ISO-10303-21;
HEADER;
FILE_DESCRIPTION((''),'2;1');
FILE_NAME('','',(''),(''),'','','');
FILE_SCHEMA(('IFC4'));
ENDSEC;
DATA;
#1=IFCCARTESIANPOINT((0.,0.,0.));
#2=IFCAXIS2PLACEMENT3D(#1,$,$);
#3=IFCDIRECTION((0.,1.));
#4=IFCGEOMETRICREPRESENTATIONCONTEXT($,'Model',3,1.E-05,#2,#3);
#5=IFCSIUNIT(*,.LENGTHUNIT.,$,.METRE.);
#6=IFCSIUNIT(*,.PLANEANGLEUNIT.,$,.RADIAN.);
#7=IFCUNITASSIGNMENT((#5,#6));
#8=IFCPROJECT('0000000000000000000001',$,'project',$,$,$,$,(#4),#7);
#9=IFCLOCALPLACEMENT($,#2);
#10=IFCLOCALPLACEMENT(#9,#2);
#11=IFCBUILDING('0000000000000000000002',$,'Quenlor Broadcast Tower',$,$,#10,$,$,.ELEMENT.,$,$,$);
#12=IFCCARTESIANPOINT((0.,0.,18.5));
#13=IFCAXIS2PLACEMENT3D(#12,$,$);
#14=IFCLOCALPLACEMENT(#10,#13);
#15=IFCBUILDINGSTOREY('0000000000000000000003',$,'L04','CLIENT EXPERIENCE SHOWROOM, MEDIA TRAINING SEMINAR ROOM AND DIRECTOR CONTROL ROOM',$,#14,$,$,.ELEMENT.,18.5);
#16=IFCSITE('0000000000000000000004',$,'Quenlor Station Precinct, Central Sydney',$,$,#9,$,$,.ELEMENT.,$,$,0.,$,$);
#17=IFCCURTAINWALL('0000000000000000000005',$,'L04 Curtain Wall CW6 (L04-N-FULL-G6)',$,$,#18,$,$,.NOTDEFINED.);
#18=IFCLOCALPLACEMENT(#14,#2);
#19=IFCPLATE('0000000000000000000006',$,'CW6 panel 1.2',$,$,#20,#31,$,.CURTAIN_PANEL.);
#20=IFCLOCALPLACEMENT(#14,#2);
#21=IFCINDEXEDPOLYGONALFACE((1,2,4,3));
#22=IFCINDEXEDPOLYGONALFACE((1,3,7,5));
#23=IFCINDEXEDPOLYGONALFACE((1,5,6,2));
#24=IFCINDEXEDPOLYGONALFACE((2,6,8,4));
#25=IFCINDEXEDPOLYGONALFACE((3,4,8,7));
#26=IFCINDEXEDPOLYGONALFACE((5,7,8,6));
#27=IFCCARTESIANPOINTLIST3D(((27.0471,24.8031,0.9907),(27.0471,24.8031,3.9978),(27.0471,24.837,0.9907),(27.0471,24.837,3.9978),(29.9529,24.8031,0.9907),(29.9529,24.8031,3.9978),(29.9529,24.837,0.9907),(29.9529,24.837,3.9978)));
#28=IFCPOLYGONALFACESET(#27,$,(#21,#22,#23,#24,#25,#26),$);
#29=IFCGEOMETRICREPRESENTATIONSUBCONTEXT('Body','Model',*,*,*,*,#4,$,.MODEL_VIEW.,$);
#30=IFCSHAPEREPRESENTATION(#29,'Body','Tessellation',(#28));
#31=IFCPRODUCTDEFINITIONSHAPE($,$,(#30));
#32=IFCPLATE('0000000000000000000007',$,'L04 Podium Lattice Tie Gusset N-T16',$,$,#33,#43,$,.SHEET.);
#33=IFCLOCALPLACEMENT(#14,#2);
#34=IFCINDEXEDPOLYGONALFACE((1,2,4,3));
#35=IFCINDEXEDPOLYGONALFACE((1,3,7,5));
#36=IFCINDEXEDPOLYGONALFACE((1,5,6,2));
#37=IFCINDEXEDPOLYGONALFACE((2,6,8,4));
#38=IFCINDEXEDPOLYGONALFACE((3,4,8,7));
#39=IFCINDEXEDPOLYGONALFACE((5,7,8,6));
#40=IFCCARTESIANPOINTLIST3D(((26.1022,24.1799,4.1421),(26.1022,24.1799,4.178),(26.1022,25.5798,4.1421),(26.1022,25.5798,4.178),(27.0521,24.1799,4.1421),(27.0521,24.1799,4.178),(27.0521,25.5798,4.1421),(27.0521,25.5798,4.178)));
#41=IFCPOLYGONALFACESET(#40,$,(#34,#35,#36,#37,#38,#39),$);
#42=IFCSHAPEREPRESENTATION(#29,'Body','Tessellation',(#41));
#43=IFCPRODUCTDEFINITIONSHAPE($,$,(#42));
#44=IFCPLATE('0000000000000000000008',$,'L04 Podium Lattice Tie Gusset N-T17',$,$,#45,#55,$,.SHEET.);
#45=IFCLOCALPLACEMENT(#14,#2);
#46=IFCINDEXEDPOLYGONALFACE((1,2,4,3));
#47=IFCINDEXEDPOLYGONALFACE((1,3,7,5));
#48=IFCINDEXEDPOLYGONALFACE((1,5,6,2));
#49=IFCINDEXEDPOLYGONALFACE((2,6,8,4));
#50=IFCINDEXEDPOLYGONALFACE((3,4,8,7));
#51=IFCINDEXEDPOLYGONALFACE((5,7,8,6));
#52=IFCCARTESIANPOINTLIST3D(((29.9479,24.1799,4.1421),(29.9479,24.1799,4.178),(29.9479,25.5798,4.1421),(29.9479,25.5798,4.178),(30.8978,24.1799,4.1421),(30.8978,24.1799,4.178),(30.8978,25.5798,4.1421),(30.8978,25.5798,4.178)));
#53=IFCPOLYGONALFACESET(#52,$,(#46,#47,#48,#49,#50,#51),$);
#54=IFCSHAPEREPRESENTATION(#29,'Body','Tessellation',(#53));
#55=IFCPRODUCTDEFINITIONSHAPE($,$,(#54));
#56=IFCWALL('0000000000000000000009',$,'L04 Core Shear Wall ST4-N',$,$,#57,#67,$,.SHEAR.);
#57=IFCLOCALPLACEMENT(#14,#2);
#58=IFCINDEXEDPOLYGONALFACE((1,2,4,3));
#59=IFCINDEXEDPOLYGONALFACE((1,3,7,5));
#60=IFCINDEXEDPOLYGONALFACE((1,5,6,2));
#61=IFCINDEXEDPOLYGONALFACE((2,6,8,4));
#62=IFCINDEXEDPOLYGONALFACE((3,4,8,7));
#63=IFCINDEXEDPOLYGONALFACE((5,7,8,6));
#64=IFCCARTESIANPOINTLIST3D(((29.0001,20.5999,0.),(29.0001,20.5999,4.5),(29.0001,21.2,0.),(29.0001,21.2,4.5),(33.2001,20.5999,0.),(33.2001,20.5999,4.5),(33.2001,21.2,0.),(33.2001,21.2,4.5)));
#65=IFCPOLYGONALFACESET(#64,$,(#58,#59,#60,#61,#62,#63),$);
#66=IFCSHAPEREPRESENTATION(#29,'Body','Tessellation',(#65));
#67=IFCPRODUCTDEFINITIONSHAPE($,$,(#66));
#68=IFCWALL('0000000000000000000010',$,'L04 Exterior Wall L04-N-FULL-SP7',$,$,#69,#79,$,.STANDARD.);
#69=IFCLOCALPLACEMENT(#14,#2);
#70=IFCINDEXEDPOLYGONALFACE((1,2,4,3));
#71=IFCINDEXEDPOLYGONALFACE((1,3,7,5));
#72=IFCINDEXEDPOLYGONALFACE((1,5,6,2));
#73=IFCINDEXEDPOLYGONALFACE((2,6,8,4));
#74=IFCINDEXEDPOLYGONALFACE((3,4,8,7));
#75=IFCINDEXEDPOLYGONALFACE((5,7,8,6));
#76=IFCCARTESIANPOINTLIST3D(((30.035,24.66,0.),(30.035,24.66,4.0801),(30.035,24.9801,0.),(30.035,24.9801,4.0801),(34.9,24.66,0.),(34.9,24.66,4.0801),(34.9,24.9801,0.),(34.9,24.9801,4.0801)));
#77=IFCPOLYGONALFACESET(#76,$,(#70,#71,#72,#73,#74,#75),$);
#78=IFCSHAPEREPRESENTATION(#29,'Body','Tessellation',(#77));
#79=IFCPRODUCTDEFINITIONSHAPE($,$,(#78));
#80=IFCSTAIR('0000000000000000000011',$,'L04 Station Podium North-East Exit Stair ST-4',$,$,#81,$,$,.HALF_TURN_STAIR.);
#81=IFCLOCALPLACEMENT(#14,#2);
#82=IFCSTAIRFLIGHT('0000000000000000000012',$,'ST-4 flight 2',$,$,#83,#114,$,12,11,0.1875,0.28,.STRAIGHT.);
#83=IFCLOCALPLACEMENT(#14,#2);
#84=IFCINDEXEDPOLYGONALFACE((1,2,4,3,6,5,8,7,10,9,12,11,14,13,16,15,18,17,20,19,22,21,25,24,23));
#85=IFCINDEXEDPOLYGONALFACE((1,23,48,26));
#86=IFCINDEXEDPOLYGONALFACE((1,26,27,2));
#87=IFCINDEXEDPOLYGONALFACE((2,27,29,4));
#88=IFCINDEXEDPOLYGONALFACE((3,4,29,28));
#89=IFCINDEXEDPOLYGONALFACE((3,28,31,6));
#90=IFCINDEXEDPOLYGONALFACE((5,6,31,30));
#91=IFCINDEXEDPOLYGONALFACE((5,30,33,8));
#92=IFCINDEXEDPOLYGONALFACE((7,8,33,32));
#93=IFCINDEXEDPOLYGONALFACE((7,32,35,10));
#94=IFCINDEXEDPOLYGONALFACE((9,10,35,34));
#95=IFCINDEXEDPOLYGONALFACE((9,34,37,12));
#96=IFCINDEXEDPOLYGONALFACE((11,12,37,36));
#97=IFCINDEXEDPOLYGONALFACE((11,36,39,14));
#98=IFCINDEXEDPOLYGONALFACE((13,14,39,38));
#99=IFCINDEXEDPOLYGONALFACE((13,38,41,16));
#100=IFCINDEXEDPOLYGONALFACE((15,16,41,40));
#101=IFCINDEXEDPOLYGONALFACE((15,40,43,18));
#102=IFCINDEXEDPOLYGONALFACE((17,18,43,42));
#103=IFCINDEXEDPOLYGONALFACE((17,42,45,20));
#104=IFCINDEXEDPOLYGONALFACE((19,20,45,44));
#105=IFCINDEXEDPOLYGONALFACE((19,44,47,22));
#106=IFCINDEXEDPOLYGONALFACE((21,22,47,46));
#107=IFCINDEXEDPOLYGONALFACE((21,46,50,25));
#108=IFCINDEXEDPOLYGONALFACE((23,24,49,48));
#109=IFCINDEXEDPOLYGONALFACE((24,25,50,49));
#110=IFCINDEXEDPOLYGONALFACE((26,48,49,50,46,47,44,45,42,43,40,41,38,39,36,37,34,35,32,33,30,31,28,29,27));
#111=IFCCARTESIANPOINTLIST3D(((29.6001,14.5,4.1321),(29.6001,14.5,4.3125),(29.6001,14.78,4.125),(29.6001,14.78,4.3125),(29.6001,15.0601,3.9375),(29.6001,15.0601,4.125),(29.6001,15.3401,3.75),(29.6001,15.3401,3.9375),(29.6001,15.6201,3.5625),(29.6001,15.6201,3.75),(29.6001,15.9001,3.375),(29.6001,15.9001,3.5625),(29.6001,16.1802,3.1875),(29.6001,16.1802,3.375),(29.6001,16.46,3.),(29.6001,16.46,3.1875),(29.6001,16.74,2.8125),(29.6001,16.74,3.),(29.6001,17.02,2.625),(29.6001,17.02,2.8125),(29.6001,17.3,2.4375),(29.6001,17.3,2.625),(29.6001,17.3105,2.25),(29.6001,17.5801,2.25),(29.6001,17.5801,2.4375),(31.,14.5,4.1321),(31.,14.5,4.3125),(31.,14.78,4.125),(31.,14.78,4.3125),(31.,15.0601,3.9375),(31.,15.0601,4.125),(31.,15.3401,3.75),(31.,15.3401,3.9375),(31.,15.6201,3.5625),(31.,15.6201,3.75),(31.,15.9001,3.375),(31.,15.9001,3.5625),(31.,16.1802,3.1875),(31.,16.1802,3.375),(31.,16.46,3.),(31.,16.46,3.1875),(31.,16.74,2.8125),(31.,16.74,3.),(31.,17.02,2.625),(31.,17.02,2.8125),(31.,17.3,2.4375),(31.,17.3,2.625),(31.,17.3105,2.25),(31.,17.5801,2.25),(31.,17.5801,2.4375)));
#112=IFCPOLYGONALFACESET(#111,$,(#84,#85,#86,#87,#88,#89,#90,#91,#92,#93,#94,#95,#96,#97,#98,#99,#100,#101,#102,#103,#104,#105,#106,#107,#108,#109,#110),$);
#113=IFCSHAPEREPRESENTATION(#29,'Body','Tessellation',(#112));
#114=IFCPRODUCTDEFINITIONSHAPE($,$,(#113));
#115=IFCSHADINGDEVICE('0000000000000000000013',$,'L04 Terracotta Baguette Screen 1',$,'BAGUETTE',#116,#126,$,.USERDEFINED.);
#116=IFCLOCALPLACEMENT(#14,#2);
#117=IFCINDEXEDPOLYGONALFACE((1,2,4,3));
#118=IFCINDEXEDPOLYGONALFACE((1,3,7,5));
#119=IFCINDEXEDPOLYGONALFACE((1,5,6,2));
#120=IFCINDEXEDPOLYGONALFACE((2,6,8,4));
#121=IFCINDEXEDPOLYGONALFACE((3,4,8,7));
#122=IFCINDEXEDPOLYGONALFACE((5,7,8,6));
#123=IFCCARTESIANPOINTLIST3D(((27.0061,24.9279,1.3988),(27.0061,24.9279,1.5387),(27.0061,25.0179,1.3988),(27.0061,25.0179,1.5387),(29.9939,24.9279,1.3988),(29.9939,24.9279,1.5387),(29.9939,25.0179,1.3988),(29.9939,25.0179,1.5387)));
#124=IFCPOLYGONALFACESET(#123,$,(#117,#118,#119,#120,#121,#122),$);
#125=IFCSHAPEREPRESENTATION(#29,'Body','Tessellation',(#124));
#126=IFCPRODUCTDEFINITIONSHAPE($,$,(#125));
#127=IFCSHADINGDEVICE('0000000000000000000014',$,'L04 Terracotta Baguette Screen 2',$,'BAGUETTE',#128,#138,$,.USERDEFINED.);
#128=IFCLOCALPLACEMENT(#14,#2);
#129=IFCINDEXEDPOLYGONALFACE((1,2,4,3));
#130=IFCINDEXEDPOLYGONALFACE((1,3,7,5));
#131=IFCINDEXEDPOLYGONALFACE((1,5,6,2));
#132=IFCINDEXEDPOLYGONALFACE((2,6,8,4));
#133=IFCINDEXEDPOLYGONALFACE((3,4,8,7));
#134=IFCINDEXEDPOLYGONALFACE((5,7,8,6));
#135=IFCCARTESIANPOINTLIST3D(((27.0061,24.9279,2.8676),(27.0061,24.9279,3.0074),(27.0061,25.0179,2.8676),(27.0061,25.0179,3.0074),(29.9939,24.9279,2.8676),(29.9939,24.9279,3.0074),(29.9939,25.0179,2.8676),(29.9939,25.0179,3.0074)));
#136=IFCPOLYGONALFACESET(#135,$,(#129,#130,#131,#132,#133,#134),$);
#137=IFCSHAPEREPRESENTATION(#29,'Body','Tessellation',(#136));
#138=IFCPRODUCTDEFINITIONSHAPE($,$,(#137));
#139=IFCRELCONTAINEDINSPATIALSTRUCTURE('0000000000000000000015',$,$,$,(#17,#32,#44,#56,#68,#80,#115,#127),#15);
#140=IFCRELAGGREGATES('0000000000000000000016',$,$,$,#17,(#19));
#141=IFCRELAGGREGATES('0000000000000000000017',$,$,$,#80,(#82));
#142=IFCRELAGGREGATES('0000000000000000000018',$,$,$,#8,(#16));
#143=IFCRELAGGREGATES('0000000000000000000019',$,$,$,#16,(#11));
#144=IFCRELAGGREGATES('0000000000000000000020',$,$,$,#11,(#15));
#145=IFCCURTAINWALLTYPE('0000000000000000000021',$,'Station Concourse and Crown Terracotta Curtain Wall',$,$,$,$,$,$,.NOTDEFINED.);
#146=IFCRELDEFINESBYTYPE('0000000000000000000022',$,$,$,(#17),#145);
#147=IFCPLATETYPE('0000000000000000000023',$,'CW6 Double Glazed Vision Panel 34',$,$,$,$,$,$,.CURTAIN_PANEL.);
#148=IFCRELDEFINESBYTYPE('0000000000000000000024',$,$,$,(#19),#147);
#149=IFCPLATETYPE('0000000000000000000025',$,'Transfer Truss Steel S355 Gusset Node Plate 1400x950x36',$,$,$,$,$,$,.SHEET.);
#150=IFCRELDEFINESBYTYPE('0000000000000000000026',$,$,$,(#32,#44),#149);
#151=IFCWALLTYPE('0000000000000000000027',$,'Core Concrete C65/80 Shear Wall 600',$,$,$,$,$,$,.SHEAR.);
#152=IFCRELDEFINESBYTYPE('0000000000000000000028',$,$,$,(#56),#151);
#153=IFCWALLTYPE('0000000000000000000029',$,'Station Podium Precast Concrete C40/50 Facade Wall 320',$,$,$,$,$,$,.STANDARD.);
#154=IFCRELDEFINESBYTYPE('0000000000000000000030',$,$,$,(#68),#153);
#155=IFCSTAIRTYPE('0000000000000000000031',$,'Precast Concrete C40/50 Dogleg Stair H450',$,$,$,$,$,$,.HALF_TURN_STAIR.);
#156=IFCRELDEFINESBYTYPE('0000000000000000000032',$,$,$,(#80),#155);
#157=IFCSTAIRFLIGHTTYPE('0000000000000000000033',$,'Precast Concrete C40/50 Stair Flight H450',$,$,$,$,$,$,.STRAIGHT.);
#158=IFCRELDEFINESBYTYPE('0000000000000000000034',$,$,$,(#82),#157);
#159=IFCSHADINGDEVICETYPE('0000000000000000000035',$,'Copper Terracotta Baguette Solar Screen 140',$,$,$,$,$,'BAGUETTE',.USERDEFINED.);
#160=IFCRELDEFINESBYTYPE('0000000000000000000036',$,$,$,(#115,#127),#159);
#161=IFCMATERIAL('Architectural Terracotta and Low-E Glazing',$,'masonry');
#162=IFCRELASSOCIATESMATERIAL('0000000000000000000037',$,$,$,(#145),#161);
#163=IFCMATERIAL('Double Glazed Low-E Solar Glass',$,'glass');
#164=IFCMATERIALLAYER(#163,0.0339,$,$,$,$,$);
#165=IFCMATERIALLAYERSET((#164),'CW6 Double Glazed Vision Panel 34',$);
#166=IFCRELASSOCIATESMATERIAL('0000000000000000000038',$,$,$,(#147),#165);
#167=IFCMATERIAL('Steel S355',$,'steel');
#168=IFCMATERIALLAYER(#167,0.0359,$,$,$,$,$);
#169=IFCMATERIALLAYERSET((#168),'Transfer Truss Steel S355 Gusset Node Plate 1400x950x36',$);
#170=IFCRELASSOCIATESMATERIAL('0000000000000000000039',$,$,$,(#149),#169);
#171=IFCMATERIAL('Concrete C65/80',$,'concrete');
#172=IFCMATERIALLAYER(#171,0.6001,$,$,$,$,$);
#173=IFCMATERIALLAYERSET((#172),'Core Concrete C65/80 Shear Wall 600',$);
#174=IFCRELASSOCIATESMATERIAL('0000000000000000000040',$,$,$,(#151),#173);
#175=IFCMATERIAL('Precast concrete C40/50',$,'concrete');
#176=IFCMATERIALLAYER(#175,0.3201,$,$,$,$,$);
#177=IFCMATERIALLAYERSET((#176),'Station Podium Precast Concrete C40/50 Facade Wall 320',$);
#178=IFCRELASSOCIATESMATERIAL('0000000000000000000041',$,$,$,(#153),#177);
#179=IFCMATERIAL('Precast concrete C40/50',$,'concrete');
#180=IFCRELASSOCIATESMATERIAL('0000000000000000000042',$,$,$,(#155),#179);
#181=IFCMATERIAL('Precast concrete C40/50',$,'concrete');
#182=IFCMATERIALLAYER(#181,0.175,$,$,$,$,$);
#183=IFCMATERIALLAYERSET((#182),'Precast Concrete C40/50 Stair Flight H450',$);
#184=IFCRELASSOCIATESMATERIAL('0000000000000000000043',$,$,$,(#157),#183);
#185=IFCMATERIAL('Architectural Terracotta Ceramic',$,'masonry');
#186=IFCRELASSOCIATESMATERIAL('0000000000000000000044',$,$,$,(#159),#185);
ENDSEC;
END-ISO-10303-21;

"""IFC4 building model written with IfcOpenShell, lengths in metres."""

from ifc_helpers import new_model, si_unit, direction, frame, frame_2d, origin, origin_2d, place, context, subcontext, project, spatial, polyline, rectangle, outline, extrude, material, layer, layer_set, material_profile, profile_set, type_object, element, aggregate, save


model = new_model("IFC4")

# Units and contexts
model_context = context("Model", 3, precision=1e-05, world=origin(), true_north=direction((0.0, 1.0)))
body_context = subcontext(model_context, "Body", "Model", "MODEL_VIEW")
ifc_project = project(units=[si_unit("LENGTHUNIT", "METRE"), si_unit("PLANEANGLEUNIT", "RADIAN")], contexts=[model_context])

# Site, building, storey
site_placement = place(None, origin())
site = spatial("IfcSite", under=ifc_project, at=site_placement, Name="Quenlor Station Precinct, Central Sydney", CompositionType="ELEMENT", RefElevation=0.0)
building_placement = place(site_placement, origin())
building = spatial("IfcBuilding", under=site, at=building_placement, Name="Quenlor Broadcast Tower", CompositionType="ELEMENT")
storey_placement = place(building_placement, frame((0.0, 0.0, 18.5)))
storey = spatial("IfcBuildingStorey", under=building, at=storey_placement, Name="L04", Description="CLIENT EXPERIENCE SHOWROOM, MEDIA TRAINING SEMINAR ROOM AND DIRECTOR CONTROL ROOM", CompositionType="ELEMENT", Elevation=18.5)

# Curtain wall
ifc_material_1 = material(Name="Architectural Terracotta and Low-E Glazing", Category="masonry")
curtain_wall_type = type_object("IfcCurtainWallType", Name="Station Concourse and Crown Terracotta Curtain Wall", PredefinedType="NOTDEFINED", material=ifc_material_1)
curtain_wall_placement = place(storey_placement, origin())
curtain_wall = element("IfcCurtainWall", 1, at=curtain_wall_placement, inside=storey, type_object=curtain_wall_type, Name="L04 Curtain Wall CW6 (L04-N-FULL-G6)", PredefinedType="NOTDEFINED")

# Plate
ifc_material_2 = material(Name="Double Glazed Low-E Solar Glass", Category="glass")
ifc_layer_1 = layer(ifc_material_2, 0.0339)
ifc_layer_set_1 = layer_set([ifc_layer_1], Name="CW6 Double Glazed Vision Panel 34")
plate_type_1 = type_object("IfcPlateType", Name="CW6 Double Glazed Vision Panel 34", PredefinedType="CURTAIN_PANEL", material=ifc_layer_set_1)
plate_1_placement = place(storey_placement, frame((28.5, 24.8201, 0.9907), z_axis=(0.0, 0.0, 1.0), x_axis=(1.0, 0.0, 0.0)))
plate_1 = element("IfcPlate", 2, at=plate_1_placement, type_object=plate_type_1, Name="CW6 panel 1.2", PredefinedType="CURTAIN_PANEL", context=body_context, shape_type="SweptSolid", body=[
    extrude(rectangle(XDim=2.9058, YDim=0.0339, at=origin_2d()), origin(), (0.0, 0.0, 1.0), 3.0071),
])
aggregate(curtain_wall, [plate_1])

# Plates
ifc_material_3 = material(Name="Steel S355", Category="steel")
ifc_layer_2 = layer(ifc_material_3, 0.0359)
ifc_layer_set_2 = layer_set([ifc_layer_2], Name="Transfer Truss Steel S355 Gusset Node Plate 1400x950x36")
plate_type_2 = type_object("IfcPlateType", Name="Transfer Truss Steel S355 Gusset Node Plate 1400x950x36", PredefinedType="SHEET", material=ifc_layer_set_2)
for number, where, z_axis, x_axis, name in (
    (3, (26.5771, 24.8799, 4.1421), (0.0, 0.0, 1.0), (0.0, 1.0, 0.0), "L04 Podium Lattice Tie Gusset N-T16"),
    (4, (30.4229, 24.8799, 4.1421), (0.0, 0.0, 1.0), (0.0, 1.0, 0.0), "L04 Podium Lattice Tie Gusset N-T17"),
):
    element("IfcPlate", number, at=place(storey_placement, frame(where, z_axis=z_axis, x_axis=x_axis)), inside=storey, type_object=plate_type_2, Name=name, PredefinedType="SHEET", context=body_context, shape_type="SweptSolid", body=[
        extrude(rectangle(XDim=1.3999, YDim=0.95, at=origin_2d()), origin(), (0.0, 0.0, 1.0), 0.0359),
    ])

# Walls
ifc_material_4 = material(Name="Concrete C65/80", Category="concrete")
ifc_layer_3 = layer(ifc_material_4, 0.6001)
ifc_layer_set_3 = layer_set([ifc_layer_3], Name="Core Concrete C65/80 Shear Wall 600")
wall_type_1 = type_object("IfcWallType", Name="Core Concrete C65/80 Shear Wall 600", PredefinedType="SHEAR", material=ifc_layer_set_3)
wall_1_placement = place(storey_placement, frame((29.0, 20.8999, 0.0), z_axis=(0.0, 0.0, 1.0), x_axis=(1.0, 0.0, 0.0)))
element("IfcWall", 5, at=wall_1_placement, inside=storey, type_object=wall_type_1, Name="L04 Core Shear Wall ST4-N", PredefinedType="SHEAR", context=body_context, shape_type="SweptSolid", body=[
    extrude(rectangle(XDim=4.2, YDim=0.6001, at=frame_2d((2.1001, 0.0))), origin(), (0.0, 0.0, 1.0), 4.5),
])
ifc_material_5 = material(Name="Precast concrete C40/50", Category="concrete")
ifc_layer_4 = layer(ifc_material_5, 0.3201)
ifc_layer_set_4 = layer_set([ifc_layer_4], Name="Station Podium Precast Concrete C40/50 Facade Wall 320")
wall_type_2 = type_object("IfcWallType", Name="Station Podium Precast Concrete C40/50 Facade Wall 320", PredefinedType="STANDARD", material=ifc_layer_set_4)
wall_2_placement = place(storey_placement, frame((30.0349, 24.8201, 0.0), z_axis=(0.0, 0.0, 1.0), x_axis=(1.0, 0.0, 0.0)))
element("IfcWall", 6, at=wall_2_placement, inside=storey, type_object=wall_type_2, Name="L04 Exterior Wall L04-N-FULL-SP7", PredefinedType="STANDARD", context=body_context, shape_type="SweptSolid", body=[
    extrude(rectangle(XDim=4.865, YDim=0.3201, at=frame_2d((2.4326, 0.0))), origin(), (0.0, 0.0, 1.0), 4.0801),
])

# Stair, stair flight
ifc_material_6 = material(Name="Precast concrete C40/50", Category="concrete")
stair_type = type_object("IfcStairType", Name="Precast Concrete C40/50 Dogleg Stair H450", PredefinedType="HALF_TURN_STAIR", material=ifc_material_6)
stair_placement = place(storey_placement, origin())
stair = element("IfcStair", 7, at=stair_placement, inside=storey, type_object=stair_type, Name="L04 Station Podium North-East Exit Stair ST-4", PredefinedType="HALF_TURN_STAIR")
ifc_material_7 = material(Name="Precast concrete C40/50", Category="concrete")
ifc_layer_5 = layer(ifc_material_7, 0.175)
ifc_layer_set_5 = layer_set([ifc_layer_5], Name="Precast Concrete C40/50 Stair Flight H450")
stair_flight_type = type_object("IfcStairFlightType", Name="Precast Concrete C40/50 Stair Flight H450", PredefinedType="STRAIGHT", material=ifc_layer_set_5)
stair_flight_placement = place(storey_placement, frame((30.3, 17.5801, 2.25), z_axis=(0.0, 0.0, 1.0), x_axis=(0.0, -1.0, 0.0)))
stair_flight = element("IfcStairFlight", 8, at=stair_flight_placement, type_object=stair_flight_type, Name="ST-4 flight 2", NumberOfRisers=12, NumberOfTreads=11, PredefinedType="STRAIGHT", RiserHeight=0.1875, TreadLength=0.28, context=body_context, shape_type="SweptSolid", body=[
    extrude(outline(polyline([(0.0, 0.0), (0.0, 0.1875), (0.28, 0.1875), (0.28, 0.375), (0.5601, 0.375), (0.5601, 0.5625), (0.8401, 0.5625), (0.8401, 0.75), (1.1201, 0.75), (1.1201, 0.9375), (1.3999, 0.9375), (1.3999, 1.125), (1.6799, 1.125), (1.6799, 1.3125), (1.96, 1.3125), (1.96, 1.5), (2.24, 1.5), (2.24, 1.6875), (2.52, 1.6875), (2.52, 1.875), (2.8, 1.875), (2.8, 2.0625), (3.0801, 2.0625), (3.0801, 2.25), (3.0801, 1.8821), (0.2695, 0.0), (0.0, 0.0)])), frame((0.0, 0.7, 0.0), z_axis=(0.0, -1.0, 0.0), x_axis=(1.0, 0.0, 0.0)), (0.0, 0.0, 1.0), 1.3999),
])
aggregate(stair, [stair_flight])

# Shading devices
ifc_material_8 = material(Name="Architectural Terracotta Ceramic", Category="masonry")
ifc_material_profile_1 = material_profile(ifc_material_8, rectangle(XDim=0.0901, YDim=0.1399, at=origin_2d()))
ifc_profile_set_1 = profile_set([ifc_material_profile_1], Name="Architectural Terracotta Ceramic BAG90x140")
shading_device_type = type_object("IfcShadingDeviceType", Name="Copper Terracotta Baguette Solar Screen 140", ElementType="BAGUETTE", PredefinedType="USERDEFINED", material=ifc_profile_set_1)
for number, where, z_axis, x_axis, name in (
    (9, (27.0061, 24.9729, 1.4688), (1.0, 0.0, 0.0), (0.0, 1.0, 0.0), "L04 Terracotta Baguette Screen 1"),
    (10, (27.0061, 24.9729, 2.9375), (1.0, 0.0, 0.0), (0.0, 1.0, 0.0), "L04 Terracotta Baguette Screen 2"),
):
    element("IfcShadingDevice", number, at=place(storey_placement, frame(where, z_axis=z_axis, x_axis=x_axis)), inside=storey, type_object=shading_device_type, Name=name, ObjectType="BAGUETTE", PredefinedType="USERDEFINED", context=body_context, shape_type="SweptSolid", body=[
        extrude(rectangle(XDim=0.0901, YDim=0.1399, at=origin_2d()), origin(), (0.0, 0.0, 1.0), 2.9878),
    ])

save(model, "model.ifc")
